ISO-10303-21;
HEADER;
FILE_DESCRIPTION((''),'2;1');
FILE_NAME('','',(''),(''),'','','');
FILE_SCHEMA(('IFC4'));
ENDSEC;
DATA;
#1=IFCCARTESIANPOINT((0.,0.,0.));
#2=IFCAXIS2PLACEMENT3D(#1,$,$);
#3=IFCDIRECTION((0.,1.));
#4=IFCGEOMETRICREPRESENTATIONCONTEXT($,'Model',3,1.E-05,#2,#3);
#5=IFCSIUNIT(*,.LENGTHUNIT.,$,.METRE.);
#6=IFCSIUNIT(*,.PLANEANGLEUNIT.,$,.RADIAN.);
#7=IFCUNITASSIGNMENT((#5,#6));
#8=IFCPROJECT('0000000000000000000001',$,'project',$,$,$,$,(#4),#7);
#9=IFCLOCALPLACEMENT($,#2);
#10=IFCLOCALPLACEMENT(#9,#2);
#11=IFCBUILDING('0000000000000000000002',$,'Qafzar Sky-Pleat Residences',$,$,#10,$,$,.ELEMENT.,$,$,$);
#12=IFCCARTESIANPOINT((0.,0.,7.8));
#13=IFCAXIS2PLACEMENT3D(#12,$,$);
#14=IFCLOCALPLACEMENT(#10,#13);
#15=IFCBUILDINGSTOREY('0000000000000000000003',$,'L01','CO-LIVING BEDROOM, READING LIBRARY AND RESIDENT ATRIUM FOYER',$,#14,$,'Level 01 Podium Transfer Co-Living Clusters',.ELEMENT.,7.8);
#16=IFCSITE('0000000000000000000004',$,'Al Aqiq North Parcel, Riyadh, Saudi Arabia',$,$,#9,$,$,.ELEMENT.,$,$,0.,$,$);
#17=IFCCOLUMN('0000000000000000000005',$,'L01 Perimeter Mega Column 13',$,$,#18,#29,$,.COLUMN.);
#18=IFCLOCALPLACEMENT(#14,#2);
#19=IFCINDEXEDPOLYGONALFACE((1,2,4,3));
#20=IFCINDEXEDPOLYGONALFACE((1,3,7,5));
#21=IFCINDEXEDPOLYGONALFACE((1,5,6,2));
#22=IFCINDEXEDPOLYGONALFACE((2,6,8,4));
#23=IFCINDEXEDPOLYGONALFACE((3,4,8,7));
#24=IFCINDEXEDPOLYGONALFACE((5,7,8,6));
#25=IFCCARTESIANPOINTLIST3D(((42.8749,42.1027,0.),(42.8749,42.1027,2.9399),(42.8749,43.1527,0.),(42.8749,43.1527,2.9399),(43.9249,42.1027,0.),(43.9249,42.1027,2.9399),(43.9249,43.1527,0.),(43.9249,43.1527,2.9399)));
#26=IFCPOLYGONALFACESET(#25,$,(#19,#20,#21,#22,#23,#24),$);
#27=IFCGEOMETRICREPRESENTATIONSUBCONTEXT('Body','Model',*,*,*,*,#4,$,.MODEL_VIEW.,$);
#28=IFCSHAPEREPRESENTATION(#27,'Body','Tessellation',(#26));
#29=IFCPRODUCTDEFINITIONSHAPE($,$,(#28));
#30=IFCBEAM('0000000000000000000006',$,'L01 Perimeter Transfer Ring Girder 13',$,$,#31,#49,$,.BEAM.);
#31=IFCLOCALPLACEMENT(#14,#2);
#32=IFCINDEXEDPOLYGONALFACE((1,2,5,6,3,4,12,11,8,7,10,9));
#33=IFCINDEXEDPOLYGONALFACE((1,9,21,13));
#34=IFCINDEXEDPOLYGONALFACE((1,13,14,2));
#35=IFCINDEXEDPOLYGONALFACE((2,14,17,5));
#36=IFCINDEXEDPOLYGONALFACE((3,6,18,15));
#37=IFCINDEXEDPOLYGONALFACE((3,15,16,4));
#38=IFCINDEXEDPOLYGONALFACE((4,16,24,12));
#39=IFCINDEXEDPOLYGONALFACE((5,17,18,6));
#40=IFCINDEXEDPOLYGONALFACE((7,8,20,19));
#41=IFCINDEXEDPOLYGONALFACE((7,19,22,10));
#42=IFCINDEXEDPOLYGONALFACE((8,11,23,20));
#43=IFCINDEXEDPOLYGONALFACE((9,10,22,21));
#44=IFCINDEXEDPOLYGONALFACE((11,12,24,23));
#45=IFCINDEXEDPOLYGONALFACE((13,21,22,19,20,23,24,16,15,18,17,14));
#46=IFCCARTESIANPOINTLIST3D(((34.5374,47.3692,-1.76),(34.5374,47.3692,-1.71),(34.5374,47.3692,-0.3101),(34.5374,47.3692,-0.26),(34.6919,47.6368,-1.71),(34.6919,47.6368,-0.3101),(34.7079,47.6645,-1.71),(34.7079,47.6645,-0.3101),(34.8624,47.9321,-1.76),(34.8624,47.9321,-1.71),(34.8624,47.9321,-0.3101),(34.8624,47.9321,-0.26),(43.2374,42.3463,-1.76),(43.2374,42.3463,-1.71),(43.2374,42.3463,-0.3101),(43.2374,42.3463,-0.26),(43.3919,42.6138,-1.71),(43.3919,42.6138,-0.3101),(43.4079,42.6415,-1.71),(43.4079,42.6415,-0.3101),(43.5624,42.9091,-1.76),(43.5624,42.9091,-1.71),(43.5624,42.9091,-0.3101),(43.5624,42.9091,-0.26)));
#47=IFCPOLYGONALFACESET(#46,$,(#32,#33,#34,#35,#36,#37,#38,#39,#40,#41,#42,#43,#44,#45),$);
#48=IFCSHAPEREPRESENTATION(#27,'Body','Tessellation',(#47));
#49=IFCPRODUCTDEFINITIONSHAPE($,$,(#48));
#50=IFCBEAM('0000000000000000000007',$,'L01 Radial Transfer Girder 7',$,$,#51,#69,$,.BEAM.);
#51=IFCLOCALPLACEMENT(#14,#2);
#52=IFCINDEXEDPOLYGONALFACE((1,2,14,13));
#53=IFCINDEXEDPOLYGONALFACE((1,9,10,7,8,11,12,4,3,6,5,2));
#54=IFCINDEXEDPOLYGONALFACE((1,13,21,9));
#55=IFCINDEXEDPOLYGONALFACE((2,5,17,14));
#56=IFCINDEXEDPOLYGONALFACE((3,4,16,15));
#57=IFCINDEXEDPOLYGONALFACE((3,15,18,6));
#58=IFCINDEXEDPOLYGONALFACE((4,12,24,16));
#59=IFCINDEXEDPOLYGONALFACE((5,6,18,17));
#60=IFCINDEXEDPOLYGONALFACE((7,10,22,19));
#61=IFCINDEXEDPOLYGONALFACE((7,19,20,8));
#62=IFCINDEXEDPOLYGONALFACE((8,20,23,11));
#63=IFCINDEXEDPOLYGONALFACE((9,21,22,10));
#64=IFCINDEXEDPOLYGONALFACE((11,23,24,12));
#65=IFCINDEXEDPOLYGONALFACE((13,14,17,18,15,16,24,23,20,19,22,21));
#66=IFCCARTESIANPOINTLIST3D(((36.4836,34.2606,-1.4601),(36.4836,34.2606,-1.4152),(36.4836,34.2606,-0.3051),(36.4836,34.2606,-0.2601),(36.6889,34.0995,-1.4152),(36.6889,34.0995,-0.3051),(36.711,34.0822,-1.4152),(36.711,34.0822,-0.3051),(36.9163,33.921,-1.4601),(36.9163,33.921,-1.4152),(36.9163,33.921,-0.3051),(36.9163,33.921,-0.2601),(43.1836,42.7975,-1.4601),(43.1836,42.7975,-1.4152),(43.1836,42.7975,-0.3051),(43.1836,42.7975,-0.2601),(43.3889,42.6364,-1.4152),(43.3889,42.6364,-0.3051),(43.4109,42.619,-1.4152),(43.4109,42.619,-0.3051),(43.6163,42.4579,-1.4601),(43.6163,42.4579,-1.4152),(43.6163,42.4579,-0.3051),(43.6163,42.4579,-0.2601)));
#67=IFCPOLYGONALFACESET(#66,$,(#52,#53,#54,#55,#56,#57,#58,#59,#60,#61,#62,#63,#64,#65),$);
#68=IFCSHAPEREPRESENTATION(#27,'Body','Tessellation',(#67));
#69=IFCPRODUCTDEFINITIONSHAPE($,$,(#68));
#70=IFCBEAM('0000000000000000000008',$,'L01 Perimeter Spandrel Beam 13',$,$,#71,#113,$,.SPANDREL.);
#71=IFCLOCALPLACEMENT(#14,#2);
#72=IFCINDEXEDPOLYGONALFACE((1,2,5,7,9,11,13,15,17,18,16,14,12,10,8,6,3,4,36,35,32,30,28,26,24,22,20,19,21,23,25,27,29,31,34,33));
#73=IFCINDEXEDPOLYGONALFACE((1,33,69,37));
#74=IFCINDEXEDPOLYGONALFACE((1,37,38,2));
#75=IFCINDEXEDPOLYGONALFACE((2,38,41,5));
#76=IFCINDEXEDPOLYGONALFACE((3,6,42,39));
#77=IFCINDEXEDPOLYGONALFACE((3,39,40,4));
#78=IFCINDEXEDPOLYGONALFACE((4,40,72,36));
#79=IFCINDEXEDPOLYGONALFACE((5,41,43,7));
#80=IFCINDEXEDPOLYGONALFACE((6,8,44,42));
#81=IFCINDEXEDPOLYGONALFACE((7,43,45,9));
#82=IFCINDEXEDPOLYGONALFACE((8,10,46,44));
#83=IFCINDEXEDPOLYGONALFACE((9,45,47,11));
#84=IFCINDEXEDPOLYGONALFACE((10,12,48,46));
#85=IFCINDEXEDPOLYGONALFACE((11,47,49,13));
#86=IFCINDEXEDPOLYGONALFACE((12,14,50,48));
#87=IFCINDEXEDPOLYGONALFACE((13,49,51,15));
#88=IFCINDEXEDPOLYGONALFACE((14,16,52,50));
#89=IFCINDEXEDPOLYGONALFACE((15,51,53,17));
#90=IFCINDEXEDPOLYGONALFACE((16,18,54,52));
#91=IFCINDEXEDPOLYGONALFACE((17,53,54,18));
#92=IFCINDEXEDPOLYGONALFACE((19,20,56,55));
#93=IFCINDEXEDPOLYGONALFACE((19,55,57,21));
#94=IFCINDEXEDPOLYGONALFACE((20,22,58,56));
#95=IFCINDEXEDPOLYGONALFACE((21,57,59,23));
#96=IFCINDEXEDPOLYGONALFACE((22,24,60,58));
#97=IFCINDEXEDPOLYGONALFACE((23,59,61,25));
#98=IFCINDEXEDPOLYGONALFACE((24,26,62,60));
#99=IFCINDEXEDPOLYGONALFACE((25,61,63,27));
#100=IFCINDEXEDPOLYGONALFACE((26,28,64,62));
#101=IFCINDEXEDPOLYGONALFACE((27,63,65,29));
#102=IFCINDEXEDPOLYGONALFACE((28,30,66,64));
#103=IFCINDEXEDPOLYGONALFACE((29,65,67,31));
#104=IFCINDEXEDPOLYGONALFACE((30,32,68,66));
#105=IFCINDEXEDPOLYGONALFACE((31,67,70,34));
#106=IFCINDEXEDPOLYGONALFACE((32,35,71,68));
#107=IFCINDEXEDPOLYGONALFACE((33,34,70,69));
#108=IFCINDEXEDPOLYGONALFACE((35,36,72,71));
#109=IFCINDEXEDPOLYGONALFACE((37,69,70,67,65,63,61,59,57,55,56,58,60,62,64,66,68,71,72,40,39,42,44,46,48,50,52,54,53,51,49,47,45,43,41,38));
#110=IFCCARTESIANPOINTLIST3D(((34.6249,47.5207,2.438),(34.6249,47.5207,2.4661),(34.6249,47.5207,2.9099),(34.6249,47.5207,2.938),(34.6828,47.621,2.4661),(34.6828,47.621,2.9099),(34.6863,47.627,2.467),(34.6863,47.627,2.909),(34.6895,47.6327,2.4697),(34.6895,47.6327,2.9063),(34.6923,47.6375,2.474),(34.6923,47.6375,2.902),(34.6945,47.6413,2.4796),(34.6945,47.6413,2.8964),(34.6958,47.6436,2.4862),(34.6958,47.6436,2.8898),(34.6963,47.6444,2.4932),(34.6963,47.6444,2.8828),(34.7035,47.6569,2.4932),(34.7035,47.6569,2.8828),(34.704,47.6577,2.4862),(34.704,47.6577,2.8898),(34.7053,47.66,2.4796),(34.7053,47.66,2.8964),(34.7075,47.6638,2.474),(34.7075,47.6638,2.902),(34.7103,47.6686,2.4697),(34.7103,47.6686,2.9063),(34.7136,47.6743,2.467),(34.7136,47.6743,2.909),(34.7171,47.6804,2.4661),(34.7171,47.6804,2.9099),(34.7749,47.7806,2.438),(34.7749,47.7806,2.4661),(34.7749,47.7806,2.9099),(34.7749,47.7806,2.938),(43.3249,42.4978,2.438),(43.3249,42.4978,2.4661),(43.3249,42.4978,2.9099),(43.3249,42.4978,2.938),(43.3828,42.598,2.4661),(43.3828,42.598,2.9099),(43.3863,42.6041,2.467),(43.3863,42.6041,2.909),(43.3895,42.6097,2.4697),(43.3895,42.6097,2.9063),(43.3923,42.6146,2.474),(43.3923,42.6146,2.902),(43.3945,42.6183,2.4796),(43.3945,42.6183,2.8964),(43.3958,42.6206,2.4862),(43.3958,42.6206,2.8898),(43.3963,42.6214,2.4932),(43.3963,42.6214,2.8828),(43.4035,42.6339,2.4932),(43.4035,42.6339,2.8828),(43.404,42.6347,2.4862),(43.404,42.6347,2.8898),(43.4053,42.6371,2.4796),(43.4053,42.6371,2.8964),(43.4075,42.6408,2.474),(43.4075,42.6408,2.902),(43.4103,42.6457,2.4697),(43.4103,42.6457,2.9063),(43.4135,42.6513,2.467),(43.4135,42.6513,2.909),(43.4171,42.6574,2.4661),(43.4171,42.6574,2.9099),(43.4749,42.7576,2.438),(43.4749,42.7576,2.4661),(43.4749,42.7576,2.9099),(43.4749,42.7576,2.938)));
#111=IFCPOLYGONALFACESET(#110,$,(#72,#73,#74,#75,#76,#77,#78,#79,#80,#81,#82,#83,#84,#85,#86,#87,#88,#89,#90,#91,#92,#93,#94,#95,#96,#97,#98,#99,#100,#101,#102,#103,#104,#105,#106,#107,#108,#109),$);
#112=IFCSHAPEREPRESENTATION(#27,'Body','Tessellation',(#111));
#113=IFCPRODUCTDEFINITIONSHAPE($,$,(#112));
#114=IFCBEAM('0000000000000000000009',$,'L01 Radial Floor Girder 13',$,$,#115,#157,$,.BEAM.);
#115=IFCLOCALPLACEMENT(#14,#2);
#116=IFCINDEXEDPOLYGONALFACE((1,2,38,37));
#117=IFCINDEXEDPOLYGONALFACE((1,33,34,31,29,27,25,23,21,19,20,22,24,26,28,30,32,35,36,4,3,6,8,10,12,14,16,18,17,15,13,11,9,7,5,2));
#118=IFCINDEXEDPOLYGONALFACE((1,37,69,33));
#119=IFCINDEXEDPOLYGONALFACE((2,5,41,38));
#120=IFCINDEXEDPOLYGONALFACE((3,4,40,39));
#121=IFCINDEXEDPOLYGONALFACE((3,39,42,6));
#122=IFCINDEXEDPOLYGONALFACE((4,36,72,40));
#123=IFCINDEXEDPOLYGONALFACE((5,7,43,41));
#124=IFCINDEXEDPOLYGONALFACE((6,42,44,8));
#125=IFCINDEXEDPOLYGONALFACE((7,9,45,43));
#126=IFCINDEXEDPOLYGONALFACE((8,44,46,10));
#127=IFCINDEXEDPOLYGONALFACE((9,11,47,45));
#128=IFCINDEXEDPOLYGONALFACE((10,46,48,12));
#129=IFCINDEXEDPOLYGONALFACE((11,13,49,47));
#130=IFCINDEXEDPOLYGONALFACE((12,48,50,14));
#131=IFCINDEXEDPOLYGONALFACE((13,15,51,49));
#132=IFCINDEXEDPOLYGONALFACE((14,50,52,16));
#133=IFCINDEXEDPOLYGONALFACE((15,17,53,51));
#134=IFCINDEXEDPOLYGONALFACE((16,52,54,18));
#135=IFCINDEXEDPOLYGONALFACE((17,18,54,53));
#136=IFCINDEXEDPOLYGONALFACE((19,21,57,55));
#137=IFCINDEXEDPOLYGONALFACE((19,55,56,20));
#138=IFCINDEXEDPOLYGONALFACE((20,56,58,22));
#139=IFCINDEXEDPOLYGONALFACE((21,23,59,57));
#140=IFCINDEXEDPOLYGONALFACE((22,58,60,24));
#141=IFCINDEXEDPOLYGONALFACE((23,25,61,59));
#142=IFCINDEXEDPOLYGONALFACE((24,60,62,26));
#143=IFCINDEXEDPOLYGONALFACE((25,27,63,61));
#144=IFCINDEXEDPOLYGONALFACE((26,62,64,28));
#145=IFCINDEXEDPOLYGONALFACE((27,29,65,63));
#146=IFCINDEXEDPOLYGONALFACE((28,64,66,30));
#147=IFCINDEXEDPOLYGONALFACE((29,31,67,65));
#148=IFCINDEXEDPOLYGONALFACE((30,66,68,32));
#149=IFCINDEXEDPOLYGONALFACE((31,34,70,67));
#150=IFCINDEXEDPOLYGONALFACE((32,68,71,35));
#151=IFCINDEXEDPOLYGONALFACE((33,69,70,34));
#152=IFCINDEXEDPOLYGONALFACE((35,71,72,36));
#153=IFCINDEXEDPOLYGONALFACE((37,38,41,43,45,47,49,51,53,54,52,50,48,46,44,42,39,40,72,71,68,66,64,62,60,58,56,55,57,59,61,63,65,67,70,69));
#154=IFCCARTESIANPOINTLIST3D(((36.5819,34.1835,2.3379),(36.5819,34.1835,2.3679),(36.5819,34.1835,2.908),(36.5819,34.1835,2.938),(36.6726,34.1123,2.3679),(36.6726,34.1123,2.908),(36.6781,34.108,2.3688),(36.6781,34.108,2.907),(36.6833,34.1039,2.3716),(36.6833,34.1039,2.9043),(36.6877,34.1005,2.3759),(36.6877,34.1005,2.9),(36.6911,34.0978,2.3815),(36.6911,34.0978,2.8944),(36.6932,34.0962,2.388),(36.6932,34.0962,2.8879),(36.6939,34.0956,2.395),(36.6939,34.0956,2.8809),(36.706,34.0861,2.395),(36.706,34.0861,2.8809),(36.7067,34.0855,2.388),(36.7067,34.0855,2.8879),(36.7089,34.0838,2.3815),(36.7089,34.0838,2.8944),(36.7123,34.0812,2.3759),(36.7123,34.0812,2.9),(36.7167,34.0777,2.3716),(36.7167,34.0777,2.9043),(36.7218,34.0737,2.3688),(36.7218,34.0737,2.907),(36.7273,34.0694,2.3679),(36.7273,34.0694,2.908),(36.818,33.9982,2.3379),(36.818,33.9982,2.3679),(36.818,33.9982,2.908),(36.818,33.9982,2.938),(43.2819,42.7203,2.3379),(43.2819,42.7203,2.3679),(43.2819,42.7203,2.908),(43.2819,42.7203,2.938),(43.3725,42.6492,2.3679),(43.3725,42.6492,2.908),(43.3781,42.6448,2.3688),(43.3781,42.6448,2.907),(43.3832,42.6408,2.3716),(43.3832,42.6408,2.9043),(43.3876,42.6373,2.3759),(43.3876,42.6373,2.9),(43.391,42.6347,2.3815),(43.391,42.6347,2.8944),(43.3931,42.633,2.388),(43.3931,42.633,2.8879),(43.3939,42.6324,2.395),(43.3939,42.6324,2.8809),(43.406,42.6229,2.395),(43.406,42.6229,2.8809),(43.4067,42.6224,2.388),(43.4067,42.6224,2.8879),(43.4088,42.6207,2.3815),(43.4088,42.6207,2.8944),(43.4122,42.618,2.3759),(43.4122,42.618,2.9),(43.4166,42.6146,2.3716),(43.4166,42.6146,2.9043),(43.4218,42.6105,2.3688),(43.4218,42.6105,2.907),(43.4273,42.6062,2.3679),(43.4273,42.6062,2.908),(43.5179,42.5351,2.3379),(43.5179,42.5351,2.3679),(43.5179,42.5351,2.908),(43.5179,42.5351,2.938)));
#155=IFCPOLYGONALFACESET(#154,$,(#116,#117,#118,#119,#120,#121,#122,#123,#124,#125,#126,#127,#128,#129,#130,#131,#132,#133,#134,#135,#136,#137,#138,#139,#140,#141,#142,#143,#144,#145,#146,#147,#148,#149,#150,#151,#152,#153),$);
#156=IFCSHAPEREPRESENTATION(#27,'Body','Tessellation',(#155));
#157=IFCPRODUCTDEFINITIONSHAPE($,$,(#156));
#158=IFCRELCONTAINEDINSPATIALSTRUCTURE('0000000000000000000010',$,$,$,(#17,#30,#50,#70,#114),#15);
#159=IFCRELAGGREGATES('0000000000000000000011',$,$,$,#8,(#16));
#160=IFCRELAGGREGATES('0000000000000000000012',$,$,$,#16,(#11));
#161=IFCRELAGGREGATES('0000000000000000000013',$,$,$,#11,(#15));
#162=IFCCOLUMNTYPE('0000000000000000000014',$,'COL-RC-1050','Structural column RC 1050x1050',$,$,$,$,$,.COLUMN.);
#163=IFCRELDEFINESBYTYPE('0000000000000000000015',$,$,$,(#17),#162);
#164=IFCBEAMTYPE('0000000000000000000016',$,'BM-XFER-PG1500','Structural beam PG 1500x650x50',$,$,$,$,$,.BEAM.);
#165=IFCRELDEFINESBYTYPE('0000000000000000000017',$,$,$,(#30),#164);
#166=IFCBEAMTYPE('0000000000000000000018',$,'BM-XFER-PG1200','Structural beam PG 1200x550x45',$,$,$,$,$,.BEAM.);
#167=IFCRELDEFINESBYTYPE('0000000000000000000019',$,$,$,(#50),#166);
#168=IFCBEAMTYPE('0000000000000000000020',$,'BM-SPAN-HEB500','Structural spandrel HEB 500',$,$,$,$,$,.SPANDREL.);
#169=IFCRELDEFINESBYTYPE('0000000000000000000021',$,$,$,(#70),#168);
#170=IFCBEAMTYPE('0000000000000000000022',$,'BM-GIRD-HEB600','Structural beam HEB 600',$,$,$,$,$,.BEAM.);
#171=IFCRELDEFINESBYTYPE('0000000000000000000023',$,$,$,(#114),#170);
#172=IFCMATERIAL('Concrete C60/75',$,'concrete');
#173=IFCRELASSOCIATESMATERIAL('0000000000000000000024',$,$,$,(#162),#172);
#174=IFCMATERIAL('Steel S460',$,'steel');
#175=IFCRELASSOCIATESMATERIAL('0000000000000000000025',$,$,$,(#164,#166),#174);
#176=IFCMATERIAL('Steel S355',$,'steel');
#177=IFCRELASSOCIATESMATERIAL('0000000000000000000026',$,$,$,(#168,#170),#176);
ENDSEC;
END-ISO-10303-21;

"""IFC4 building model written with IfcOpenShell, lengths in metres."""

from ifc_helpers import new_model, si_unit, direction, frame, origin, origin_2d, place, context, subcontext, project, spatial, rectangle, i_section, extrude, source, transform, mapped, material, material_profile, profile_set, type_object, element, save


model = new_model("IFC4")

# Units and contexts
model_context = context("Model", 3, precision=1e-05, world=origin(), true_north=direction((0.0, 1.0)))
body_context = subcontext(model_context, "Body", "Model", "MODEL_VIEW")
ifc_project = project(units=[si_unit("LENGTHUNIT", "METRE"), si_unit("PLANEANGLEUNIT", "RADIAN")], contexts=[model_context])

# Site, building, storey
site_placement = place(None, origin())
site = spatial("IfcSite", under=ifc_project, at=site_placement, Name="Al Aqiq North Parcel, Riyadh, Saudi Arabia", CompositionType="ELEMENT", RefElevation=0.0)
building_placement = place(site_placement, origin())
building = spatial("IfcBuilding", under=site, at=building_placement, Name="Qafzar Sky-Pleat Residences", CompositionType="ELEMENT")
storey_placement = place(building_placement, frame((0.0, 0.0, 7.8)))
storey = spatial("IfcBuildingStorey", under=building, at=storey_placement, Name="L01", Description="CO-LIVING BEDROOM, READING LIBRARY AND RESIDENT ATRIUM FOYER", LongName="Level 01 Podium Transfer Co-Living Clusters", CompositionType="ELEMENT", Elevation=7.8)

# Column
ifc_material_1 = material(Name="Concrete C60/75", Category="concrete")
ifc_material_profile_1 = material_profile(ifc_material_1, rectangle(XDim=1.05, YDim=1.05, at=origin_2d()), Name="RC 1050x1050")
ifc_profile_set_1 = profile_set([ifc_material_profile_1], Name="Concrete C60/75")
column_type = type_object("IfcColumnType", Name="COL-RC-1050", Description="Structural column RC 1050x1050", PredefinedType="COLUMN", material=ifc_profile_set_1)
shared_shape_1 = source(origin(), body_context, "Body", "SweptSolid", [
    extrude(rectangle(XDim=1.05, YDim=1.05, at=origin_2d()), origin(), (0.0, 0.0, 1.0), 2.9399),
])
column_placement = place(storey_placement, frame((43.3999, 42.6277, 0.0), z_axis=(0.0, 0.0, 1.0), x_axis=(1.0, 0.0, 0.0)))
element("IfcColumn", 1, at=column_placement, inside=storey, type_object=column_type, Name="L01 Perimeter Mega Column 13", PredefinedType="COLUMN", context=body_context, shape_type="MappedRepresentation", body=[
    mapped(shared_shape_1, transform((0.0, 0.0, 0.0), x_axis=(1.0, 0.0, 0.0), y_axis=(0.0, 1.0, 0.0), z_axis=(0.0, 0.0, 1.0), scale=1.0)),
])

# Beams
ifc_material_2 = material(Name="Steel S460", Category="steel")
ifc_material_profile_2 = material_profile(ifc_material_2, i_section(OverallWidth=0.6499, OverallDepth=1.5, WebThickness=0.032, FlangeThickness=0.05, at=origin_2d()), Name="PG 1500x650x50")
ifc_profile_set_2 = profile_set([ifc_material_profile_2], Name="Steel S460")
beam_type_1 = type_object("IfcBeamType", Name="BM-XFER-PG1500", Description="Structural beam PG 1500x650x50", PredefinedType="BEAM", material=ifc_profile_set_2)
shared_shape_2 = source(origin(), body_context, "Body", "SweptSolid", [
    extrude(i_section(OverallWidth=0.6499, OverallDepth=1.5, WebThickness=0.032, FlangeThickness=0.05, at=origin_2d()), origin(), (0.0, 0.0, 1.0), 10.0459),
])
beam_1_placement = place(storey_placement, frame((43.3999, 42.6277, -1.01), z_axis=(-0.866024, 0.500002, 0.0), x_axis=(-0.500002, -0.866024, 0.0)))
element("IfcBeam", 2, at=beam_1_placement, inside=storey, type_object=beam_type_1, Name="L01 Perimeter Transfer Ring Girder 13", PredefinedType="BEAM", context=body_context, shape_type="MappedRepresentation", body=[
    mapped(shared_shape_2, transform((0.0, 0.0, 0.0), x_axis=(1.0, 0.0, 0.0), y_axis=(0.0, 1.0, 0.0), z_axis=(0.0, 0.0, 1.0), scale=1.0)),
])
ifc_material_profile_3 = material_profile(ifc_material_2, i_section(OverallWidth=0.55, OverallDepth=1.2, WebThickness=0.0281, FlangeThickness=0.0449, at=origin_2d()), Name="PG 1200x550x45")
ifc_profile_set_3 = profile_set([ifc_material_profile_3], Name="Steel S460")
beam_type_2 = type_object("IfcBeamType", Name="BM-XFER-PG1200", Description="Structural beam PG 1200x550x45", PredefinedType="BEAM", material=ifc_profile_set_3)
shared_shape_3 = source(origin(), body_context, "Body", "SweptSolid", [
    extrude(i_section(OverallWidth=0.55, OverallDepth=1.2, WebThickness=0.0281, FlangeThickness=0.0449, at=origin_2d()), origin(), (0.0, 0.0, 1.0), 10.8521),
])
beam_2_placement = place(storey_placement, frame((43.3999, 42.6277, -0.8601), z_axis=(-0.617389, -0.786658, 0.0), x_axis=(0.786658, -0.617389, 0.0)))
element("IfcBeam", 3, at=beam_2_placement, inside=storey, type_object=beam_type_2, Name="L01 Radial Transfer Girder 7", PredefinedType="BEAM", context=body_context, shape_type="MappedRepresentation", body=[
    mapped(shared_shape_3, transform((0.0, 0.0, 0.0), x_axis=(1.0, 0.0, 0.0), y_axis=(0.0, 1.0, 0.0), z_axis=(0.0, 0.0, 1.0), scale=1.0)),
])
ifc_material_3 = material(Name="Steel S355", Category="steel")
ifc_material_profile_4 = material_profile(ifc_material_3, i_section(OverallWidth=0.3, OverallDepth=0.5, WebThickness=0.0144, FlangeThickness=0.0281, FilletRadius=0.0271, at=origin_2d()), Name="HEB 500")
ifc_profile_set_4 = profile_set([ifc_material_profile_4], Name="Steel S355")
beam_type_3 = type_object("IfcBeamType", Name="BM-SPAN-HEB500", Description="Structural spandrel HEB 500", PredefinedType="SPANDREL", material=ifc_profile_set_4)
shared_shape_4 = source(origin(), body_context, "Body", "SweptSolid", [
    extrude(i_section(OverallWidth=0.3, OverallDepth=0.5, WebThickness=0.0144, FlangeThickness=0.0281, FilletRadius=0.0271, at=origin_2d()), origin(), (0.0, 0.0, 1.0), 10.0459),
])
beam_3_placement = place(storey_placement, frame((43.3999, 42.6277, 2.688), z_axis=(-0.866024, 0.500002, 0.0), x_axis=(-0.500002, -0.866024, 0.0)))
element("IfcBeam", 4, at=beam_3_placement, inside=storey, type_object=beam_type_3, Name="L01 Perimeter Spandrel Beam 13", PredefinedType="SPANDREL", context=body_context, shape_type="MappedRepresentation", body=[
    mapped(shared_shape_4, transform((0.0, 0.0, 0.0), x_axis=(1.0, 0.0, 0.0), y_axis=(0.0, 1.0, 0.0), z_axis=(0.0, 0.0, 1.0), scale=1.0)),
])
ifc_material_profile_5 = material_profile(ifc_material_3, i_section(OverallWidth=0.3, OverallDepth=0.6001, WebThickness=0.0154, FlangeThickness=0.03, FilletRadius=0.0271, at=origin_2d()), Name="HEB 600")
ifc_profile_set_5 = profile_set([ifc_material_profile_5], Name="Steel S355")
beam_type_4 = type_object("IfcBeamType", Name="BM-GIRD-HEB600", Description="Structural beam HEB 600", PredefinedType="BEAM", material=ifc_profile_set_5)
shared_shape_5 = source(origin(), body_context, "Body", "SweptSolid", [
    extrude(i_section(OverallWidth=0.3, OverallDepth=0.6001, WebThickness=0.0154, FlangeThickness=0.03, FilletRadius=0.0271, at=origin_2d()), origin(), (0.0, 0.0, 1.0), 10.8521),
])
beam_4_placement = place(storey_placement, frame((43.3999, 42.6277, 2.6379), z_axis=(-0.617389, -0.786658, 0.0), x_axis=(0.786658, -0.617389, 0.0)))
element("IfcBeam", 5, at=beam_4_placement, inside=storey, type_object=beam_type_4, Name="L01 Radial Floor Girder 13", PredefinedType="BEAM", context=body_context, shape_type="MappedRepresentation", body=[
    mapped(shared_shape_5, transform((0.0, 0.0, 0.0), x_axis=(1.0, 0.0, 0.0), y_axis=(0.0, 1.0, 0.0), z_axis=(0.0, 0.0, 1.0), scale=1.0)),
])

save(model, "model.ifc")
